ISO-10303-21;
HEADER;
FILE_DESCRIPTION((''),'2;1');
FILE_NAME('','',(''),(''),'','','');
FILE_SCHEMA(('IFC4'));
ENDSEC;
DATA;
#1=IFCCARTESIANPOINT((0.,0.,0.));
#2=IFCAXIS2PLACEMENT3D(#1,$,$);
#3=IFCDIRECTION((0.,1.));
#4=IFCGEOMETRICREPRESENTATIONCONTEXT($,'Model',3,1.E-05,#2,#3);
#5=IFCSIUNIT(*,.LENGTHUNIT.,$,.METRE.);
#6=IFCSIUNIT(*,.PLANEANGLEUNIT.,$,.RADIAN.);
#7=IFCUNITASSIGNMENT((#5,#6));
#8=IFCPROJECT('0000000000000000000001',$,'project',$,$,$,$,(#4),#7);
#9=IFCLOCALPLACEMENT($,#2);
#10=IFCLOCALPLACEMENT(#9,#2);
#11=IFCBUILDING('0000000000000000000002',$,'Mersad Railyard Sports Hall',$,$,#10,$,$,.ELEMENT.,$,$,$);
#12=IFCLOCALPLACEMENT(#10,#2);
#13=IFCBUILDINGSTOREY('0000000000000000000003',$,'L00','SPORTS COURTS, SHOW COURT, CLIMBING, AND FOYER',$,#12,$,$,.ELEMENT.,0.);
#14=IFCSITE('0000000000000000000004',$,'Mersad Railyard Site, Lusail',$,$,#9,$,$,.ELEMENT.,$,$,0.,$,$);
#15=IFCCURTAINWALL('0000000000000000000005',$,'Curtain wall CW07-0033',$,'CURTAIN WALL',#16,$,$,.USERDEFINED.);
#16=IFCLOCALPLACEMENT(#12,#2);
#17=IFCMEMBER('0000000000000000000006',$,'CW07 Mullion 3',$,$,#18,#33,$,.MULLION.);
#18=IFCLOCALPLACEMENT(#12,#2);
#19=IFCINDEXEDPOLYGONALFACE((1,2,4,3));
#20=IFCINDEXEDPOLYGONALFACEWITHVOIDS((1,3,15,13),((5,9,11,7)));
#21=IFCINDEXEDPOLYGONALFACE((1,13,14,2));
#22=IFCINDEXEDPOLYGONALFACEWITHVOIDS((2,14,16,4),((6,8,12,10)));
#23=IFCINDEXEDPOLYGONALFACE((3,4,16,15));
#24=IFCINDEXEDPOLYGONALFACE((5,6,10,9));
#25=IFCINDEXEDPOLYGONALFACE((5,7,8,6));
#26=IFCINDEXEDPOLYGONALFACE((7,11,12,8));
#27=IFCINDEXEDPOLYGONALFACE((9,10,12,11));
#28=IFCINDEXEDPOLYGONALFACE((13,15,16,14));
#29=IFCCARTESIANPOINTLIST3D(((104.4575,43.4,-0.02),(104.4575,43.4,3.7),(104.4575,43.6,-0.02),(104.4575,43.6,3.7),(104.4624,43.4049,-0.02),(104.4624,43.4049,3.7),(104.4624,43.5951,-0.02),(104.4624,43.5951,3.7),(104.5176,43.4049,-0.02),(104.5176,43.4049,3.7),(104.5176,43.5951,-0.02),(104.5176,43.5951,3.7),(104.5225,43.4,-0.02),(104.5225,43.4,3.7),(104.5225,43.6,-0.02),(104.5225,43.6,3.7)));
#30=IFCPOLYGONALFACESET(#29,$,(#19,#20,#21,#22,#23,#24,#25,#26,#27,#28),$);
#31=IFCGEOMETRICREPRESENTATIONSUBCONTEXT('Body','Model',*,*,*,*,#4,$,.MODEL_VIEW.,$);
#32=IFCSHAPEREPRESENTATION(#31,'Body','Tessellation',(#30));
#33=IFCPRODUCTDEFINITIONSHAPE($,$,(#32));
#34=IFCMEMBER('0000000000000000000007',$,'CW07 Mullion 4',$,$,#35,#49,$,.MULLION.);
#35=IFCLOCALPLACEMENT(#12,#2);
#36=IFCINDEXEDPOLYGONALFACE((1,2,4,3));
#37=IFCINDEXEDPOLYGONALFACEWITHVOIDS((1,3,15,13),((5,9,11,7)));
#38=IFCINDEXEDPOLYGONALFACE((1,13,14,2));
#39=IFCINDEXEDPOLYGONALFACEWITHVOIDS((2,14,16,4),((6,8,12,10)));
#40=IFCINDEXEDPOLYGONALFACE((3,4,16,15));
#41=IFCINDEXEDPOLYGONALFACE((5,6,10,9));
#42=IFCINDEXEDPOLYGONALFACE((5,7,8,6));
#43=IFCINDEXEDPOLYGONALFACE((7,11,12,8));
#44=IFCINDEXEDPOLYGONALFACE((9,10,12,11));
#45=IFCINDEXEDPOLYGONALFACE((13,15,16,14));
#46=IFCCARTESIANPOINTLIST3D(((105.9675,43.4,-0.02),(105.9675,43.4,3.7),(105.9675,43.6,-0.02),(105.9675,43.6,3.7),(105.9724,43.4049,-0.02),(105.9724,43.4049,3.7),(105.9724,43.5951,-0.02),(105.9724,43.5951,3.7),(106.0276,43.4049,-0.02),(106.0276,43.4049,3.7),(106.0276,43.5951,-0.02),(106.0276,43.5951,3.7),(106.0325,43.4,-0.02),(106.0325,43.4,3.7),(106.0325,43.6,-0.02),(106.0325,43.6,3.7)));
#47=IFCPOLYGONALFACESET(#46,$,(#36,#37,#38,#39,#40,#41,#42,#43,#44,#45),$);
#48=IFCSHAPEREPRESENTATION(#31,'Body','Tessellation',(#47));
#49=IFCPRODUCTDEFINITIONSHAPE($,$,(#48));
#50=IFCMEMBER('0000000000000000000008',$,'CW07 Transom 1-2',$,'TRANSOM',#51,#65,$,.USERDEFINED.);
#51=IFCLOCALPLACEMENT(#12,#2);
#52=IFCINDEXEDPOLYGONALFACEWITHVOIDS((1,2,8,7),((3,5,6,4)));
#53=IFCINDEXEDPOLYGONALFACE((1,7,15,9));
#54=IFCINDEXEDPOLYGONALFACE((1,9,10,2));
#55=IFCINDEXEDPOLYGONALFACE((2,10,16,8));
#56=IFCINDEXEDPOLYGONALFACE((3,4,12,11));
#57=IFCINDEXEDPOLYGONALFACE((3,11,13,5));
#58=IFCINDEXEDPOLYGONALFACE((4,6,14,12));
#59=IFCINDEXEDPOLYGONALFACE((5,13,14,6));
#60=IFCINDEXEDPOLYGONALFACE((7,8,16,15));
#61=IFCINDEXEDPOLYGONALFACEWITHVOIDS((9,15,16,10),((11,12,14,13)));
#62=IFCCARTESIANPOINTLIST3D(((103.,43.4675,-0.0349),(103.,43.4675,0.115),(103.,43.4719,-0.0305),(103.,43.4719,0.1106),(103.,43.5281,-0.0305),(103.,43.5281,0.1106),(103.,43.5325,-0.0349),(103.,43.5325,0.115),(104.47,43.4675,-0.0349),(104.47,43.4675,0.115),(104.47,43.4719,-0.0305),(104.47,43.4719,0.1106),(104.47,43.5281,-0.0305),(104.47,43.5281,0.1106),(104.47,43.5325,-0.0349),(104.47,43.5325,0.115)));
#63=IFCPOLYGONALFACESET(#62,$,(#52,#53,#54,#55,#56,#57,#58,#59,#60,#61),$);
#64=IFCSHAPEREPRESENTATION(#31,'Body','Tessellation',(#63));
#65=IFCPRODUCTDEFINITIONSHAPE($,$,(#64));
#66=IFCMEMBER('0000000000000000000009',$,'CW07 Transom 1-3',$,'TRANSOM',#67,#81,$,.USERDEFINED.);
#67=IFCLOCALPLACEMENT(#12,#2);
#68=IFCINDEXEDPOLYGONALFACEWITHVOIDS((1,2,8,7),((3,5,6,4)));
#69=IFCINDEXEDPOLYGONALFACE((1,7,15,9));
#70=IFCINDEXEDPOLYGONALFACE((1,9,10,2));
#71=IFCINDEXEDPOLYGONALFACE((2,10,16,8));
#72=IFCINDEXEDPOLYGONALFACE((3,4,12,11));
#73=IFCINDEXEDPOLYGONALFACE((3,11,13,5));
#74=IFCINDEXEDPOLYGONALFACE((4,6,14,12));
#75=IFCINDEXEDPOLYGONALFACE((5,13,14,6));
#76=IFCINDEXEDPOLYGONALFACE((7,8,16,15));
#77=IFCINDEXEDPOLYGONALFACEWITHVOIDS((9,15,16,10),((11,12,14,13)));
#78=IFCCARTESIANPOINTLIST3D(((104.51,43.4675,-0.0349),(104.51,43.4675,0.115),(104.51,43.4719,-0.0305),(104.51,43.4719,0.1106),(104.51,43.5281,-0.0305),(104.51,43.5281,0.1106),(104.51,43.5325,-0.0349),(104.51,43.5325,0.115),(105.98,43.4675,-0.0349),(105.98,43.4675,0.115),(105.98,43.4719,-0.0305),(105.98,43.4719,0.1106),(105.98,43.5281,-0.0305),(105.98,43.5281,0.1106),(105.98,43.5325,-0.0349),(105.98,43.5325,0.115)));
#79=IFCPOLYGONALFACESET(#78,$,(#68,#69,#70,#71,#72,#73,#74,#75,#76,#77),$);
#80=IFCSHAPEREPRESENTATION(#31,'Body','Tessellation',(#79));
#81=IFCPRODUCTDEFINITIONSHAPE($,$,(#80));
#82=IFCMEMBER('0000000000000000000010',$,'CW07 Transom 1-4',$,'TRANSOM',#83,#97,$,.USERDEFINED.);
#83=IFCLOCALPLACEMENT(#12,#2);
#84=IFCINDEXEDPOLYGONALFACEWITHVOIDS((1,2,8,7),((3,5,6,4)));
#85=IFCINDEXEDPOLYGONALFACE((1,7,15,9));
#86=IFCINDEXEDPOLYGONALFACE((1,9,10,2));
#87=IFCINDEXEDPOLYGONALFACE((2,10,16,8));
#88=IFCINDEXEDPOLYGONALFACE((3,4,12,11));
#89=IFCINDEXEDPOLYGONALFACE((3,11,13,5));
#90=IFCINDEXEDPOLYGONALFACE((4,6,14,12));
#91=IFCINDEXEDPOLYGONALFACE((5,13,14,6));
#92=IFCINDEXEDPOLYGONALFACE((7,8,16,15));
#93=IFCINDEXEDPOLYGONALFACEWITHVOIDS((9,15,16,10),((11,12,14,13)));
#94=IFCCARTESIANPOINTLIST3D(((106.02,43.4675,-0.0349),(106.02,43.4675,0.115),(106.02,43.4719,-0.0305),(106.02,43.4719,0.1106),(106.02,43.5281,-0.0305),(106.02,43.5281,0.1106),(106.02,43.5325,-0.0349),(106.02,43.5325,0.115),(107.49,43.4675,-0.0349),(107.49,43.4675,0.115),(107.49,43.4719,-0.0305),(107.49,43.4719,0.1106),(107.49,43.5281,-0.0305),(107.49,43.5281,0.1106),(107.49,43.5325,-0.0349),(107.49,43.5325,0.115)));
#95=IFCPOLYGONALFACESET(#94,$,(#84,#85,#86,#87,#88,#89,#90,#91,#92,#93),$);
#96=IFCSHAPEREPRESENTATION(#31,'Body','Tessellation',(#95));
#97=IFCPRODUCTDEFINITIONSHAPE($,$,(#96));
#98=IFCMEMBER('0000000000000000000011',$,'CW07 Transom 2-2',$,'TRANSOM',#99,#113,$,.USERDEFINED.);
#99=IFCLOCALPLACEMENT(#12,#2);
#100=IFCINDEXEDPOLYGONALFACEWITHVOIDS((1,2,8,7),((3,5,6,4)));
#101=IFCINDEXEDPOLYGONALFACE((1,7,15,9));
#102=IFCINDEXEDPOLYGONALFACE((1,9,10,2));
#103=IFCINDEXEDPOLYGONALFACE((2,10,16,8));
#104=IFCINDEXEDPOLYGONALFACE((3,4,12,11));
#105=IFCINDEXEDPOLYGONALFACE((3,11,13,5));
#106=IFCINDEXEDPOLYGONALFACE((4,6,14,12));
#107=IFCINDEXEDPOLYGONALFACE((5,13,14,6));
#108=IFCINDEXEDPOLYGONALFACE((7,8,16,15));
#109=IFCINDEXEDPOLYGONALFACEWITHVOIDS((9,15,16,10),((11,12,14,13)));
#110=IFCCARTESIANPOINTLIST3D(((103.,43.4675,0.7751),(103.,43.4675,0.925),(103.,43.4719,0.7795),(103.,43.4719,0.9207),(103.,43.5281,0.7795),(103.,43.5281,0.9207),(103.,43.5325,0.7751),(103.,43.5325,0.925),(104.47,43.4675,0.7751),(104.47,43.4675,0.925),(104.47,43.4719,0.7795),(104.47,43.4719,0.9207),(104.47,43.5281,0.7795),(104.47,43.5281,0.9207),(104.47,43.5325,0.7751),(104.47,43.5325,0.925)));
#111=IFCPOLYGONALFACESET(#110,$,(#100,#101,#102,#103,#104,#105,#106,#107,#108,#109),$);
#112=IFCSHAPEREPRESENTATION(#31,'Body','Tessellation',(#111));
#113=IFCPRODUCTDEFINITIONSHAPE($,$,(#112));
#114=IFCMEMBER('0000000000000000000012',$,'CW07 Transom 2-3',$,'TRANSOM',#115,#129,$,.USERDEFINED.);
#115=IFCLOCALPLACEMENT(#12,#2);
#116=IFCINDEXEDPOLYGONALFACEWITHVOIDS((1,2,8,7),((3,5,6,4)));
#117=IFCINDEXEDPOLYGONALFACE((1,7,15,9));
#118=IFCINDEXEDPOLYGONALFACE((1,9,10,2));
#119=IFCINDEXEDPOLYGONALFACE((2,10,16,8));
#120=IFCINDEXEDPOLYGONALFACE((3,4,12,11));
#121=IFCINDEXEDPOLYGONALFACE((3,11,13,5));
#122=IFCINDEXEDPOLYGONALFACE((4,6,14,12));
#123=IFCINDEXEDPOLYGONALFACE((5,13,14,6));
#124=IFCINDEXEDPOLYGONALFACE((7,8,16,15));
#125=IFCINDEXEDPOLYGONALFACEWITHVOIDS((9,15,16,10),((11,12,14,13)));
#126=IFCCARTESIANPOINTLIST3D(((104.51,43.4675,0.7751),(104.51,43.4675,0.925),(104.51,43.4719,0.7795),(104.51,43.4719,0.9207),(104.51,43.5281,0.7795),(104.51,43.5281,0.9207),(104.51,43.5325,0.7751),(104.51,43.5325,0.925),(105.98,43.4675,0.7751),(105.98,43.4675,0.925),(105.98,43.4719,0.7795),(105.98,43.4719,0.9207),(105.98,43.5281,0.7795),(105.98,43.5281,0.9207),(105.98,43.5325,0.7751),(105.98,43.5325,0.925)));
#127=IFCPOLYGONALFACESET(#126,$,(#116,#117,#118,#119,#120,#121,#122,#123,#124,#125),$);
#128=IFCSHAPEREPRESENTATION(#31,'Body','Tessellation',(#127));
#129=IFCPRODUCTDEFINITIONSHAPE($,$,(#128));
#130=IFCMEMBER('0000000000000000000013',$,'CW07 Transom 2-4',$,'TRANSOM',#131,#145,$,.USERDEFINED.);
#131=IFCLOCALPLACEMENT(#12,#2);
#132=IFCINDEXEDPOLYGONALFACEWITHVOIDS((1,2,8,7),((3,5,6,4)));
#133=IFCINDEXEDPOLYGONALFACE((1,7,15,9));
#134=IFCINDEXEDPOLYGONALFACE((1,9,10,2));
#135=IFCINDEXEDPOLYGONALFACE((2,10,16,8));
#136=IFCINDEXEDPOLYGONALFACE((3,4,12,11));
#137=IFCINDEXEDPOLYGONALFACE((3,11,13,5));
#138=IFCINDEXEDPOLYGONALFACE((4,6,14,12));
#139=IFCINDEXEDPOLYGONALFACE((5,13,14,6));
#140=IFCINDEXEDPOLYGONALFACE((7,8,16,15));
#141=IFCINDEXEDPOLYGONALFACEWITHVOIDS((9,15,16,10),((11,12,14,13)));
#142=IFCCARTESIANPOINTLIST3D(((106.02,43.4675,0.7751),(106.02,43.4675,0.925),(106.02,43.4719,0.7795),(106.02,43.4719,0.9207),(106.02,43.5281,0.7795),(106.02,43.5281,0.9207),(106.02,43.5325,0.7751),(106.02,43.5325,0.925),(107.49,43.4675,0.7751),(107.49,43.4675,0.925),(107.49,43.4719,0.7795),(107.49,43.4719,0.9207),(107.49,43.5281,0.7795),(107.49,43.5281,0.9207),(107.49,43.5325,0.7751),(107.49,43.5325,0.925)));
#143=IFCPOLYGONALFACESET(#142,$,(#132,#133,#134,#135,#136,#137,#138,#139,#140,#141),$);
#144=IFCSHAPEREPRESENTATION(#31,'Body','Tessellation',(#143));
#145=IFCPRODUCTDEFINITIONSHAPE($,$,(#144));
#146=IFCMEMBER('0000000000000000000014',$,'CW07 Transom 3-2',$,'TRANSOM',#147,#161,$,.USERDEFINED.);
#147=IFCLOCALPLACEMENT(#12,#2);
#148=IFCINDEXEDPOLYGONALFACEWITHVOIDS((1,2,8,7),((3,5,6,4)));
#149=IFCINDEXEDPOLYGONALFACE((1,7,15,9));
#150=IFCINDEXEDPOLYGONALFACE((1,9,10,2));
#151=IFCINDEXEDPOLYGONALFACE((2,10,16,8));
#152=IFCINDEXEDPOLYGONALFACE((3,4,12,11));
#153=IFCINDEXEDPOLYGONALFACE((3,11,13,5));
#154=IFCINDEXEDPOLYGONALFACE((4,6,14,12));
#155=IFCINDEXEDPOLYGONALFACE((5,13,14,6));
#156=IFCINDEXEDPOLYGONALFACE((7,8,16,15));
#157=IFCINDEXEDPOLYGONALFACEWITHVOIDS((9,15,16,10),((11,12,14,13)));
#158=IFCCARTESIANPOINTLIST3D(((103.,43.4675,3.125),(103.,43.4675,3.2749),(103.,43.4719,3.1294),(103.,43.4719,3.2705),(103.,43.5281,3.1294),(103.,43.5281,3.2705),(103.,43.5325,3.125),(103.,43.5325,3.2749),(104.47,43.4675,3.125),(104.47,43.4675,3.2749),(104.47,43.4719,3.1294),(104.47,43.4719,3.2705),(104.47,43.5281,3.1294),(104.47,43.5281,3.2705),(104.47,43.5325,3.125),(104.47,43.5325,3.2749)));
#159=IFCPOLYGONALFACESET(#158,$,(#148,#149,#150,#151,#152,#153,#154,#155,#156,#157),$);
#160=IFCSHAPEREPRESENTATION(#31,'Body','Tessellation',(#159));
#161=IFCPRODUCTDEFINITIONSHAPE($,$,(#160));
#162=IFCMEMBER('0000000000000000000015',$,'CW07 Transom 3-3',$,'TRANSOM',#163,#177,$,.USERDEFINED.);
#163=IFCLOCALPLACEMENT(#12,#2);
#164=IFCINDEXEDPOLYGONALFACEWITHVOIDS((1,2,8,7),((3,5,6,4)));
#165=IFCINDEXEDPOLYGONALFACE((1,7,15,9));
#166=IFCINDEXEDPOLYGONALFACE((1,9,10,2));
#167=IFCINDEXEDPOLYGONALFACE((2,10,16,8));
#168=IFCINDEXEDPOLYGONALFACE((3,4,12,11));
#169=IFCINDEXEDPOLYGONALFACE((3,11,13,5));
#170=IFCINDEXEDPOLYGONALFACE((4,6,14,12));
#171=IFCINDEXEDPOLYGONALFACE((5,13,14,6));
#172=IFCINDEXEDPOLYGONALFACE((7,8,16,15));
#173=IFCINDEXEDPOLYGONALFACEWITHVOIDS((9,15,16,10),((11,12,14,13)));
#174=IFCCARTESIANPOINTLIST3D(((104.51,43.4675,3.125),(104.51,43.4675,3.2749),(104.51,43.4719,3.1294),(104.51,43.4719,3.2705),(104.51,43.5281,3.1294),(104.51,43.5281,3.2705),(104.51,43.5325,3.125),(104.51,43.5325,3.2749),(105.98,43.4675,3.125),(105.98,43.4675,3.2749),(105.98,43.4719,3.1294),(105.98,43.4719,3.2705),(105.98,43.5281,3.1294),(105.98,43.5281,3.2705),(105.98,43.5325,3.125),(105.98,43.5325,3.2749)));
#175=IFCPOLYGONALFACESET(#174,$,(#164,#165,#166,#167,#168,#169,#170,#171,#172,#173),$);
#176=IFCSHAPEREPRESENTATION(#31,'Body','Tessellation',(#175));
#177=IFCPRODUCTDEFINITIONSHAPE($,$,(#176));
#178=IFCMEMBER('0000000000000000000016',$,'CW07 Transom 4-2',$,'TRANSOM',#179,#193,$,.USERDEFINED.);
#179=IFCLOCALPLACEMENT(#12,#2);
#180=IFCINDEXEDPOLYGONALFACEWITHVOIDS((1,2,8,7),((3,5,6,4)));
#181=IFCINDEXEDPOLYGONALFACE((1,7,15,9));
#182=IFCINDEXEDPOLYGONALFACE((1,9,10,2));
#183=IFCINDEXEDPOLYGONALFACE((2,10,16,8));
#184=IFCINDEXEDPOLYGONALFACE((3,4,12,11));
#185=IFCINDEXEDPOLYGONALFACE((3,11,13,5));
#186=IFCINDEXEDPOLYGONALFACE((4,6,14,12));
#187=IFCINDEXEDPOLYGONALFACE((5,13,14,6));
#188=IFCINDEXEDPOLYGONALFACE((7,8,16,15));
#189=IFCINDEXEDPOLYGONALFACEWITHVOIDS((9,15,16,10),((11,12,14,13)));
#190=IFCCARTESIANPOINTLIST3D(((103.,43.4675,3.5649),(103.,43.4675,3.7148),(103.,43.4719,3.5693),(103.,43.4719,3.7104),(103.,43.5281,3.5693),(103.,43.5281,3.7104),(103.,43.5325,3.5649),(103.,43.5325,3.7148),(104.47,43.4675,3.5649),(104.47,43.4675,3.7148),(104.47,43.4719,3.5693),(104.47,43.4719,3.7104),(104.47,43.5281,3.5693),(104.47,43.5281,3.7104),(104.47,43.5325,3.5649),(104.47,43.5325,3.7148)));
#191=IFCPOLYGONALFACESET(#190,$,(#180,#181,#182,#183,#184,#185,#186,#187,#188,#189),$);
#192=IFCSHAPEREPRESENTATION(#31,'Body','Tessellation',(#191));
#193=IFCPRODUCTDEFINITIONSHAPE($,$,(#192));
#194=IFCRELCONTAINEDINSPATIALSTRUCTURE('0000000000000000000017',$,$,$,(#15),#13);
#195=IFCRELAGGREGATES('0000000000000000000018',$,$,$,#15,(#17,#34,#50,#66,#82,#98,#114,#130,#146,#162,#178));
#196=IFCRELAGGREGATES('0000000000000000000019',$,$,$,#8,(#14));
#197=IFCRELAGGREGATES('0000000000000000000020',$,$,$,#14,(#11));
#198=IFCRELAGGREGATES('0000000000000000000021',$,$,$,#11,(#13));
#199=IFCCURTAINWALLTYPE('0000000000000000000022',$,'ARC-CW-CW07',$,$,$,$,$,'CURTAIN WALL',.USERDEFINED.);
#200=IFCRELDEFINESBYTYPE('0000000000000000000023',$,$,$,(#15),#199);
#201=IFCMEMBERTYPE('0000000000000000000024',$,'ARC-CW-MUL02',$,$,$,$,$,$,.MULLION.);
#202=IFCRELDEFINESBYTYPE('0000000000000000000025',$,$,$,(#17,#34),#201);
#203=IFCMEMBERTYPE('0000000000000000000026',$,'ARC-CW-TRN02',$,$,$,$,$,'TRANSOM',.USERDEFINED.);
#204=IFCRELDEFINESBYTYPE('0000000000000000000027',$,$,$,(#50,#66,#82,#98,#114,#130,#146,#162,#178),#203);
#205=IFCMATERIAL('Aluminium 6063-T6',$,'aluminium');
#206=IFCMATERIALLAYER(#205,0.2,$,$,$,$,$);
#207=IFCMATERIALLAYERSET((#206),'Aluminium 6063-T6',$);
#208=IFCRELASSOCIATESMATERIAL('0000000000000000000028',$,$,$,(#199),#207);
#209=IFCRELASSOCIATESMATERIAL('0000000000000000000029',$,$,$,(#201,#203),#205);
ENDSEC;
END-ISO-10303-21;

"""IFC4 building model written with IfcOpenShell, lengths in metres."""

from ifc_helpers import new_model, si_unit, direction, frame, origin, origin_2d, place, context, subcontext, project, spatial, hollow_rectangle, extrude, material, layer, layer_set, material_profile, profile_set, type_object, element, aggregate, save


model = new_model("IFC4")

# Units and contexts
model_context = context("Model", 3, precision=1e-05, world=origin(), true_north=direction((0.0, 1.0)))
body_context = subcontext(model_context, "Body", "Model", "MODEL_VIEW")
ifc_project = project(units=[si_unit("LENGTHUNIT", "METRE"), si_unit("PLANEANGLEUNIT", "RADIAN")], contexts=[model_context])

# Site, building, storey
site_placement = place(None, origin())
site = spatial("IfcSite", under=ifc_project, at=site_placement, Name="Mersad Railyard Site, Lusail", CompositionType="ELEMENT", RefElevation=0.0)
building_placement = place(site_placement, origin())
building = spatial("IfcBuilding", under=site, at=building_placement, Name="Mersad Railyard Sports Hall", CompositionType="ELEMENT")
storey_placement = place(building_placement, origin())
storey = spatial("IfcBuildingStorey", under=building, at=storey_placement, Name="L00", Description="SPORTS COURTS, SHOW COURT, CLIMBING, AND FOYER", CompositionType="ELEMENT", Elevation=0.0)

# Curtain wall, members
ifc_material_1 = material(Name="Aluminium 6063-T6", Category="aluminium")
ifc_layer_1 = layer(ifc_material_1, 0.2)
ifc_layer_set_1 = layer_set([ifc_layer_1], Name="Aluminium 6063-T6")
curtain_wall_type = type_object("IfcCurtainWallType", Name="ARC-CW-CW07", ElementType="CURTAIN WALL", PredefinedType="USERDEFINED", material=ifc_layer_set_1)
curtain_wall_placement = place(storey_placement, origin())
curtain_wall = element("IfcCurtainWall", 1, at=curtain_wall_placement, inside=storey, type_object=curtain_wall_type, Name="Curtain wall CW07-0033", ObjectType="CURTAIN WALL", PredefinedType="USERDEFINED")
ifc_material_profile_1 = material_profile(ifc_material_1, hollow_rectangle(XDim=0.0649, YDim=0.2, WallThickness=0.0049, at=origin_2d()), Name="AL MULLION 65x200x5")
ifc_profile_set_1 = profile_set([ifc_material_profile_1], Name="Aluminium 6063-T6")
member_type_1 = type_object("IfcMemberType", Name="ARC-CW-MUL02", PredefinedType="MULLION", material=ifc_profile_set_1)
member_1_placement = place(storey_placement, frame((104.49, 43.5, -0.02), z_axis=(0.0, 0.0, 1.0), x_axis=(1.0, 0.0, 0.0)))
member_1 = element("IfcMember", 2, at=member_1_placement, type_object=member_type_1, Name="CW07 Mullion 3", PredefinedType="MULLION", context=body_context, shape_type="SweptSolid", body=[
    extrude(hollow_rectangle(XDim=0.0649, YDim=0.2, WallThickness=0.0049, at=origin_2d()), origin(), (0.0, 0.0, 1.0), 3.72),
])
member_2_placement = place(storey_placement, frame((106.0, 43.5, -0.02), z_axis=(0.0, 0.0, 1.0), x_axis=(1.0, 0.0, 0.0)))
member_2 = element("IfcMember", 3, at=member_2_placement, type_object=member_type_1, Name="CW07 Mullion 4", PredefinedType="MULLION", context=body_context, shape_type="SweptSolid", body=[
    extrude(hollow_rectangle(XDim=0.0649, YDim=0.2, WallThickness=0.0049, at=origin_2d()), origin(), (0.0, 0.0, 1.0), 3.72),
])
ifc_material_profile_2 = material_profile(ifc_material_1, hollow_rectangle(XDim=0.0649, YDim=0.1499, WallThickness=0.0044, at=origin_2d()), Name="AL TRANSOM 65x150x4.5")
ifc_profile_set_2 = profile_set([ifc_material_profile_2], Name="Aluminium 6063-T6")
member_type_2 = type_object("IfcMemberType", Name="ARC-CW-TRN02", ElementType="TRANSOM", PredefinedType="USERDEFINED", material=ifc_profile_set_2)
member_3_placement = place(storey_placement, frame((103.0, 43.5, 0.04), z_axis=(1.0, 0.0, 0.0), x_axis=(0.0, 1.0, 0.0)))
member_3 = element("IfcMember", 4, at=member_3_placement, type_object=member_type_2, Name="CW07 Transom 1-2", ObjectType="TRANSOM", PredefinedType="USERDEFINED", context=body_context, shape_type="SweptSolid", body=[
    extrude(hollow_rectangle(XDim=0.0649, YDim=0.1499, WallThickness=0.0044, at=origin_2d()), origin(), (0.0, 0.0, 1.0), 1.47),
])
member_4_placement = place(storey_placement, frame((104.51, 43.5, 0.04), z_axis=(1.0, 0.0, 0.0), x_axis=(0.0, 1.0, 0.0)))
member_4 = element("IfcMember", 5, at=member_4_placement, type_object=member_type_2, Name="CW07 Transom 1-3", ObjectType="TRANSOM", PredefinedType="USERDEFINED", context=body_context, shape_type="SweptSolid", body=[
    extrude(hollow_rectangle(XDim=0.0649, YDim=0.1499, WallThickness=0.0044, at=origin_2d()), origin(), (0.0, 0.0, 1.0), 1.47),
])
member_5_placement = place(storey_placement, frame((106.02, 43.5, 0.04), z_axis=(1.0, 0.0, 0.0), x_axis=(0.0, 1.0, 0.0)))
member_5 = element("IfcMember", 6, at=member_5_placement, type_object=member_type_2, Name="CW07 Transom 1-4", ObjectType="TRANSOM", PredefinedType="USERDEFINED", context=body_context, shape_type="SweptSolid", body=[
    extrude(hollow_rectangle(XDim=0.0649, YDim=0.1499, WallThickness=0.0044, at=origin_2d()), origin(), (0.0, 0.0, 1.0), 1.47),
])
member_6_placement = place(storey_placement, frame((103.0, 43.5, 0.8501), z_axis=(1.0, 0.0, 0.0), x_axis=(0.0, 1.0, 0.0)))
member_6 = element("IfcMember", 7, at=member_6_placement, type_object=member_type_2, Name="CW07 Transom 2-2", ObjectType="TRANSOM", PredefinedType="USERDEFINED", context=body_context, shape_type="SweptSolid", body=[
    extrude(hollow_rectangle(XDim=0.0649, YDim=0.1499, WallThickness=0.0044, at=origin_2d()), origin(), (0.0, 0.0, 1.0), 1.47),
])
member_7_placement = place(storey_placement, frame((104.51, 43.5, 0.8501), z_axis=(1.0, 0.0, 0.0), x_axis=(0.0, 1.0, 0.0)))
member_7 = element("IfcMember", 8, at=member_7_placement, type_object=member_type_2, Name="CW07 Transom 2-3", ObjectType="TRANSOM", PredefinedType="USERDEFINED", context=body_context, shape_type="SweptSolid", body=[
    extrude(hollow_rectangle(XDim=0.0649, YDim=0.1499, WallThickness=0.0044, at=origin_2d()), origin(), (0.0, 0.0, 1.0), 1.47),
])
member_8_placement = place(storey_placement, frame((106.02, 43.5, 0.8501), z_axis=(1.0, 0.0, 0.0), x_axis=(0.0, 1.0, 0.0)))
member_8 = element("IfcMember", 9, at=member_8_placement, type_object=member_type_2, Name="CW07 Transom 2-4", ObjectType="TRANSOM", PredefinedType="USERDEFINED", context=body_context, shape_type="SweptSolid", body=[
    extrude(hollow_rectangle(XDim=0.0649, YDim=0.1499, WallThickness=0.0044, at=origin_2d()), origin(), (0.0, 0.0, 1.0), 1.47),
])
member_9_placement = place(storey_placement, frame((103.0, 43.5, 3.2), z_axis=(1.0, 0.0, 0.0), x_axis=(0.0, 1.0, 0.0)))
member_9 = element("IfcMember", 10, at=member_9_placement, type_object=member_type_2, Name="CW07 Transom 3-2", ObjectType="TRANSOM", PredefinedType="USERDEFINED", context=body_context, shape_type="SweptSolid", body=[
    extrude(hollow_rectangle(XDim=0.0649, YDim=0.1499, WallThickness=0.0044, at=origin_2d()), origin(), (0.0, 0.0, 1.0), 1.47),
])
member_10_placement = place(storey_placement, frame((104.51, 43.5, 3.2), z_axis=(1.0, 0.0, 0.0), x_axis=(0.0, 1.0, 0.0)))
member_10 = element("IfcMember", 11, at=member_10_placement, type_object=member_type_2, Name="CW07 Transom 3-3", ObjectType="TRANSOM", PredefinedType="USERDEFINED", context=body_context, shape_type="SweptSolid", body=[
    extrude(hollow_rectangle(XDim=0.0649, YDim=0.1499, WallThickness=0.0044, at=origin_2d()), origin(), (0.0, 0.0, 1.0), 1.47),
])
member_11_placement = place(storey_placement, frame((103.0, 43.5, 3.6399), z_axis=(1.0, 0.0, 0.0), x_axis=(0.0, 1.0, 0.0)))
member_11 = element("IfcMember", 12, at=member_11_placement, type_object=member_type_2, Name="CW07 Transom 4-2", ObjectType="TRANSOM", PredefinedType="USERDEFINED", context=body_context, shape_type="SweptSolid", body=[
    extrude(hollow_rectangle(XDim=0.0649, YDim=0.1499, WallThickness=0.0044, at=origin_2d()), origin(), (0.0, 0.0, 1.0), 1.47),
])
aggregate(curtain_wall, [member_1, member_2, member_3, member_4, member_5, member_6, member_7, member_8, member_9, member_10, member_11])

save(model, "model.ifc")
